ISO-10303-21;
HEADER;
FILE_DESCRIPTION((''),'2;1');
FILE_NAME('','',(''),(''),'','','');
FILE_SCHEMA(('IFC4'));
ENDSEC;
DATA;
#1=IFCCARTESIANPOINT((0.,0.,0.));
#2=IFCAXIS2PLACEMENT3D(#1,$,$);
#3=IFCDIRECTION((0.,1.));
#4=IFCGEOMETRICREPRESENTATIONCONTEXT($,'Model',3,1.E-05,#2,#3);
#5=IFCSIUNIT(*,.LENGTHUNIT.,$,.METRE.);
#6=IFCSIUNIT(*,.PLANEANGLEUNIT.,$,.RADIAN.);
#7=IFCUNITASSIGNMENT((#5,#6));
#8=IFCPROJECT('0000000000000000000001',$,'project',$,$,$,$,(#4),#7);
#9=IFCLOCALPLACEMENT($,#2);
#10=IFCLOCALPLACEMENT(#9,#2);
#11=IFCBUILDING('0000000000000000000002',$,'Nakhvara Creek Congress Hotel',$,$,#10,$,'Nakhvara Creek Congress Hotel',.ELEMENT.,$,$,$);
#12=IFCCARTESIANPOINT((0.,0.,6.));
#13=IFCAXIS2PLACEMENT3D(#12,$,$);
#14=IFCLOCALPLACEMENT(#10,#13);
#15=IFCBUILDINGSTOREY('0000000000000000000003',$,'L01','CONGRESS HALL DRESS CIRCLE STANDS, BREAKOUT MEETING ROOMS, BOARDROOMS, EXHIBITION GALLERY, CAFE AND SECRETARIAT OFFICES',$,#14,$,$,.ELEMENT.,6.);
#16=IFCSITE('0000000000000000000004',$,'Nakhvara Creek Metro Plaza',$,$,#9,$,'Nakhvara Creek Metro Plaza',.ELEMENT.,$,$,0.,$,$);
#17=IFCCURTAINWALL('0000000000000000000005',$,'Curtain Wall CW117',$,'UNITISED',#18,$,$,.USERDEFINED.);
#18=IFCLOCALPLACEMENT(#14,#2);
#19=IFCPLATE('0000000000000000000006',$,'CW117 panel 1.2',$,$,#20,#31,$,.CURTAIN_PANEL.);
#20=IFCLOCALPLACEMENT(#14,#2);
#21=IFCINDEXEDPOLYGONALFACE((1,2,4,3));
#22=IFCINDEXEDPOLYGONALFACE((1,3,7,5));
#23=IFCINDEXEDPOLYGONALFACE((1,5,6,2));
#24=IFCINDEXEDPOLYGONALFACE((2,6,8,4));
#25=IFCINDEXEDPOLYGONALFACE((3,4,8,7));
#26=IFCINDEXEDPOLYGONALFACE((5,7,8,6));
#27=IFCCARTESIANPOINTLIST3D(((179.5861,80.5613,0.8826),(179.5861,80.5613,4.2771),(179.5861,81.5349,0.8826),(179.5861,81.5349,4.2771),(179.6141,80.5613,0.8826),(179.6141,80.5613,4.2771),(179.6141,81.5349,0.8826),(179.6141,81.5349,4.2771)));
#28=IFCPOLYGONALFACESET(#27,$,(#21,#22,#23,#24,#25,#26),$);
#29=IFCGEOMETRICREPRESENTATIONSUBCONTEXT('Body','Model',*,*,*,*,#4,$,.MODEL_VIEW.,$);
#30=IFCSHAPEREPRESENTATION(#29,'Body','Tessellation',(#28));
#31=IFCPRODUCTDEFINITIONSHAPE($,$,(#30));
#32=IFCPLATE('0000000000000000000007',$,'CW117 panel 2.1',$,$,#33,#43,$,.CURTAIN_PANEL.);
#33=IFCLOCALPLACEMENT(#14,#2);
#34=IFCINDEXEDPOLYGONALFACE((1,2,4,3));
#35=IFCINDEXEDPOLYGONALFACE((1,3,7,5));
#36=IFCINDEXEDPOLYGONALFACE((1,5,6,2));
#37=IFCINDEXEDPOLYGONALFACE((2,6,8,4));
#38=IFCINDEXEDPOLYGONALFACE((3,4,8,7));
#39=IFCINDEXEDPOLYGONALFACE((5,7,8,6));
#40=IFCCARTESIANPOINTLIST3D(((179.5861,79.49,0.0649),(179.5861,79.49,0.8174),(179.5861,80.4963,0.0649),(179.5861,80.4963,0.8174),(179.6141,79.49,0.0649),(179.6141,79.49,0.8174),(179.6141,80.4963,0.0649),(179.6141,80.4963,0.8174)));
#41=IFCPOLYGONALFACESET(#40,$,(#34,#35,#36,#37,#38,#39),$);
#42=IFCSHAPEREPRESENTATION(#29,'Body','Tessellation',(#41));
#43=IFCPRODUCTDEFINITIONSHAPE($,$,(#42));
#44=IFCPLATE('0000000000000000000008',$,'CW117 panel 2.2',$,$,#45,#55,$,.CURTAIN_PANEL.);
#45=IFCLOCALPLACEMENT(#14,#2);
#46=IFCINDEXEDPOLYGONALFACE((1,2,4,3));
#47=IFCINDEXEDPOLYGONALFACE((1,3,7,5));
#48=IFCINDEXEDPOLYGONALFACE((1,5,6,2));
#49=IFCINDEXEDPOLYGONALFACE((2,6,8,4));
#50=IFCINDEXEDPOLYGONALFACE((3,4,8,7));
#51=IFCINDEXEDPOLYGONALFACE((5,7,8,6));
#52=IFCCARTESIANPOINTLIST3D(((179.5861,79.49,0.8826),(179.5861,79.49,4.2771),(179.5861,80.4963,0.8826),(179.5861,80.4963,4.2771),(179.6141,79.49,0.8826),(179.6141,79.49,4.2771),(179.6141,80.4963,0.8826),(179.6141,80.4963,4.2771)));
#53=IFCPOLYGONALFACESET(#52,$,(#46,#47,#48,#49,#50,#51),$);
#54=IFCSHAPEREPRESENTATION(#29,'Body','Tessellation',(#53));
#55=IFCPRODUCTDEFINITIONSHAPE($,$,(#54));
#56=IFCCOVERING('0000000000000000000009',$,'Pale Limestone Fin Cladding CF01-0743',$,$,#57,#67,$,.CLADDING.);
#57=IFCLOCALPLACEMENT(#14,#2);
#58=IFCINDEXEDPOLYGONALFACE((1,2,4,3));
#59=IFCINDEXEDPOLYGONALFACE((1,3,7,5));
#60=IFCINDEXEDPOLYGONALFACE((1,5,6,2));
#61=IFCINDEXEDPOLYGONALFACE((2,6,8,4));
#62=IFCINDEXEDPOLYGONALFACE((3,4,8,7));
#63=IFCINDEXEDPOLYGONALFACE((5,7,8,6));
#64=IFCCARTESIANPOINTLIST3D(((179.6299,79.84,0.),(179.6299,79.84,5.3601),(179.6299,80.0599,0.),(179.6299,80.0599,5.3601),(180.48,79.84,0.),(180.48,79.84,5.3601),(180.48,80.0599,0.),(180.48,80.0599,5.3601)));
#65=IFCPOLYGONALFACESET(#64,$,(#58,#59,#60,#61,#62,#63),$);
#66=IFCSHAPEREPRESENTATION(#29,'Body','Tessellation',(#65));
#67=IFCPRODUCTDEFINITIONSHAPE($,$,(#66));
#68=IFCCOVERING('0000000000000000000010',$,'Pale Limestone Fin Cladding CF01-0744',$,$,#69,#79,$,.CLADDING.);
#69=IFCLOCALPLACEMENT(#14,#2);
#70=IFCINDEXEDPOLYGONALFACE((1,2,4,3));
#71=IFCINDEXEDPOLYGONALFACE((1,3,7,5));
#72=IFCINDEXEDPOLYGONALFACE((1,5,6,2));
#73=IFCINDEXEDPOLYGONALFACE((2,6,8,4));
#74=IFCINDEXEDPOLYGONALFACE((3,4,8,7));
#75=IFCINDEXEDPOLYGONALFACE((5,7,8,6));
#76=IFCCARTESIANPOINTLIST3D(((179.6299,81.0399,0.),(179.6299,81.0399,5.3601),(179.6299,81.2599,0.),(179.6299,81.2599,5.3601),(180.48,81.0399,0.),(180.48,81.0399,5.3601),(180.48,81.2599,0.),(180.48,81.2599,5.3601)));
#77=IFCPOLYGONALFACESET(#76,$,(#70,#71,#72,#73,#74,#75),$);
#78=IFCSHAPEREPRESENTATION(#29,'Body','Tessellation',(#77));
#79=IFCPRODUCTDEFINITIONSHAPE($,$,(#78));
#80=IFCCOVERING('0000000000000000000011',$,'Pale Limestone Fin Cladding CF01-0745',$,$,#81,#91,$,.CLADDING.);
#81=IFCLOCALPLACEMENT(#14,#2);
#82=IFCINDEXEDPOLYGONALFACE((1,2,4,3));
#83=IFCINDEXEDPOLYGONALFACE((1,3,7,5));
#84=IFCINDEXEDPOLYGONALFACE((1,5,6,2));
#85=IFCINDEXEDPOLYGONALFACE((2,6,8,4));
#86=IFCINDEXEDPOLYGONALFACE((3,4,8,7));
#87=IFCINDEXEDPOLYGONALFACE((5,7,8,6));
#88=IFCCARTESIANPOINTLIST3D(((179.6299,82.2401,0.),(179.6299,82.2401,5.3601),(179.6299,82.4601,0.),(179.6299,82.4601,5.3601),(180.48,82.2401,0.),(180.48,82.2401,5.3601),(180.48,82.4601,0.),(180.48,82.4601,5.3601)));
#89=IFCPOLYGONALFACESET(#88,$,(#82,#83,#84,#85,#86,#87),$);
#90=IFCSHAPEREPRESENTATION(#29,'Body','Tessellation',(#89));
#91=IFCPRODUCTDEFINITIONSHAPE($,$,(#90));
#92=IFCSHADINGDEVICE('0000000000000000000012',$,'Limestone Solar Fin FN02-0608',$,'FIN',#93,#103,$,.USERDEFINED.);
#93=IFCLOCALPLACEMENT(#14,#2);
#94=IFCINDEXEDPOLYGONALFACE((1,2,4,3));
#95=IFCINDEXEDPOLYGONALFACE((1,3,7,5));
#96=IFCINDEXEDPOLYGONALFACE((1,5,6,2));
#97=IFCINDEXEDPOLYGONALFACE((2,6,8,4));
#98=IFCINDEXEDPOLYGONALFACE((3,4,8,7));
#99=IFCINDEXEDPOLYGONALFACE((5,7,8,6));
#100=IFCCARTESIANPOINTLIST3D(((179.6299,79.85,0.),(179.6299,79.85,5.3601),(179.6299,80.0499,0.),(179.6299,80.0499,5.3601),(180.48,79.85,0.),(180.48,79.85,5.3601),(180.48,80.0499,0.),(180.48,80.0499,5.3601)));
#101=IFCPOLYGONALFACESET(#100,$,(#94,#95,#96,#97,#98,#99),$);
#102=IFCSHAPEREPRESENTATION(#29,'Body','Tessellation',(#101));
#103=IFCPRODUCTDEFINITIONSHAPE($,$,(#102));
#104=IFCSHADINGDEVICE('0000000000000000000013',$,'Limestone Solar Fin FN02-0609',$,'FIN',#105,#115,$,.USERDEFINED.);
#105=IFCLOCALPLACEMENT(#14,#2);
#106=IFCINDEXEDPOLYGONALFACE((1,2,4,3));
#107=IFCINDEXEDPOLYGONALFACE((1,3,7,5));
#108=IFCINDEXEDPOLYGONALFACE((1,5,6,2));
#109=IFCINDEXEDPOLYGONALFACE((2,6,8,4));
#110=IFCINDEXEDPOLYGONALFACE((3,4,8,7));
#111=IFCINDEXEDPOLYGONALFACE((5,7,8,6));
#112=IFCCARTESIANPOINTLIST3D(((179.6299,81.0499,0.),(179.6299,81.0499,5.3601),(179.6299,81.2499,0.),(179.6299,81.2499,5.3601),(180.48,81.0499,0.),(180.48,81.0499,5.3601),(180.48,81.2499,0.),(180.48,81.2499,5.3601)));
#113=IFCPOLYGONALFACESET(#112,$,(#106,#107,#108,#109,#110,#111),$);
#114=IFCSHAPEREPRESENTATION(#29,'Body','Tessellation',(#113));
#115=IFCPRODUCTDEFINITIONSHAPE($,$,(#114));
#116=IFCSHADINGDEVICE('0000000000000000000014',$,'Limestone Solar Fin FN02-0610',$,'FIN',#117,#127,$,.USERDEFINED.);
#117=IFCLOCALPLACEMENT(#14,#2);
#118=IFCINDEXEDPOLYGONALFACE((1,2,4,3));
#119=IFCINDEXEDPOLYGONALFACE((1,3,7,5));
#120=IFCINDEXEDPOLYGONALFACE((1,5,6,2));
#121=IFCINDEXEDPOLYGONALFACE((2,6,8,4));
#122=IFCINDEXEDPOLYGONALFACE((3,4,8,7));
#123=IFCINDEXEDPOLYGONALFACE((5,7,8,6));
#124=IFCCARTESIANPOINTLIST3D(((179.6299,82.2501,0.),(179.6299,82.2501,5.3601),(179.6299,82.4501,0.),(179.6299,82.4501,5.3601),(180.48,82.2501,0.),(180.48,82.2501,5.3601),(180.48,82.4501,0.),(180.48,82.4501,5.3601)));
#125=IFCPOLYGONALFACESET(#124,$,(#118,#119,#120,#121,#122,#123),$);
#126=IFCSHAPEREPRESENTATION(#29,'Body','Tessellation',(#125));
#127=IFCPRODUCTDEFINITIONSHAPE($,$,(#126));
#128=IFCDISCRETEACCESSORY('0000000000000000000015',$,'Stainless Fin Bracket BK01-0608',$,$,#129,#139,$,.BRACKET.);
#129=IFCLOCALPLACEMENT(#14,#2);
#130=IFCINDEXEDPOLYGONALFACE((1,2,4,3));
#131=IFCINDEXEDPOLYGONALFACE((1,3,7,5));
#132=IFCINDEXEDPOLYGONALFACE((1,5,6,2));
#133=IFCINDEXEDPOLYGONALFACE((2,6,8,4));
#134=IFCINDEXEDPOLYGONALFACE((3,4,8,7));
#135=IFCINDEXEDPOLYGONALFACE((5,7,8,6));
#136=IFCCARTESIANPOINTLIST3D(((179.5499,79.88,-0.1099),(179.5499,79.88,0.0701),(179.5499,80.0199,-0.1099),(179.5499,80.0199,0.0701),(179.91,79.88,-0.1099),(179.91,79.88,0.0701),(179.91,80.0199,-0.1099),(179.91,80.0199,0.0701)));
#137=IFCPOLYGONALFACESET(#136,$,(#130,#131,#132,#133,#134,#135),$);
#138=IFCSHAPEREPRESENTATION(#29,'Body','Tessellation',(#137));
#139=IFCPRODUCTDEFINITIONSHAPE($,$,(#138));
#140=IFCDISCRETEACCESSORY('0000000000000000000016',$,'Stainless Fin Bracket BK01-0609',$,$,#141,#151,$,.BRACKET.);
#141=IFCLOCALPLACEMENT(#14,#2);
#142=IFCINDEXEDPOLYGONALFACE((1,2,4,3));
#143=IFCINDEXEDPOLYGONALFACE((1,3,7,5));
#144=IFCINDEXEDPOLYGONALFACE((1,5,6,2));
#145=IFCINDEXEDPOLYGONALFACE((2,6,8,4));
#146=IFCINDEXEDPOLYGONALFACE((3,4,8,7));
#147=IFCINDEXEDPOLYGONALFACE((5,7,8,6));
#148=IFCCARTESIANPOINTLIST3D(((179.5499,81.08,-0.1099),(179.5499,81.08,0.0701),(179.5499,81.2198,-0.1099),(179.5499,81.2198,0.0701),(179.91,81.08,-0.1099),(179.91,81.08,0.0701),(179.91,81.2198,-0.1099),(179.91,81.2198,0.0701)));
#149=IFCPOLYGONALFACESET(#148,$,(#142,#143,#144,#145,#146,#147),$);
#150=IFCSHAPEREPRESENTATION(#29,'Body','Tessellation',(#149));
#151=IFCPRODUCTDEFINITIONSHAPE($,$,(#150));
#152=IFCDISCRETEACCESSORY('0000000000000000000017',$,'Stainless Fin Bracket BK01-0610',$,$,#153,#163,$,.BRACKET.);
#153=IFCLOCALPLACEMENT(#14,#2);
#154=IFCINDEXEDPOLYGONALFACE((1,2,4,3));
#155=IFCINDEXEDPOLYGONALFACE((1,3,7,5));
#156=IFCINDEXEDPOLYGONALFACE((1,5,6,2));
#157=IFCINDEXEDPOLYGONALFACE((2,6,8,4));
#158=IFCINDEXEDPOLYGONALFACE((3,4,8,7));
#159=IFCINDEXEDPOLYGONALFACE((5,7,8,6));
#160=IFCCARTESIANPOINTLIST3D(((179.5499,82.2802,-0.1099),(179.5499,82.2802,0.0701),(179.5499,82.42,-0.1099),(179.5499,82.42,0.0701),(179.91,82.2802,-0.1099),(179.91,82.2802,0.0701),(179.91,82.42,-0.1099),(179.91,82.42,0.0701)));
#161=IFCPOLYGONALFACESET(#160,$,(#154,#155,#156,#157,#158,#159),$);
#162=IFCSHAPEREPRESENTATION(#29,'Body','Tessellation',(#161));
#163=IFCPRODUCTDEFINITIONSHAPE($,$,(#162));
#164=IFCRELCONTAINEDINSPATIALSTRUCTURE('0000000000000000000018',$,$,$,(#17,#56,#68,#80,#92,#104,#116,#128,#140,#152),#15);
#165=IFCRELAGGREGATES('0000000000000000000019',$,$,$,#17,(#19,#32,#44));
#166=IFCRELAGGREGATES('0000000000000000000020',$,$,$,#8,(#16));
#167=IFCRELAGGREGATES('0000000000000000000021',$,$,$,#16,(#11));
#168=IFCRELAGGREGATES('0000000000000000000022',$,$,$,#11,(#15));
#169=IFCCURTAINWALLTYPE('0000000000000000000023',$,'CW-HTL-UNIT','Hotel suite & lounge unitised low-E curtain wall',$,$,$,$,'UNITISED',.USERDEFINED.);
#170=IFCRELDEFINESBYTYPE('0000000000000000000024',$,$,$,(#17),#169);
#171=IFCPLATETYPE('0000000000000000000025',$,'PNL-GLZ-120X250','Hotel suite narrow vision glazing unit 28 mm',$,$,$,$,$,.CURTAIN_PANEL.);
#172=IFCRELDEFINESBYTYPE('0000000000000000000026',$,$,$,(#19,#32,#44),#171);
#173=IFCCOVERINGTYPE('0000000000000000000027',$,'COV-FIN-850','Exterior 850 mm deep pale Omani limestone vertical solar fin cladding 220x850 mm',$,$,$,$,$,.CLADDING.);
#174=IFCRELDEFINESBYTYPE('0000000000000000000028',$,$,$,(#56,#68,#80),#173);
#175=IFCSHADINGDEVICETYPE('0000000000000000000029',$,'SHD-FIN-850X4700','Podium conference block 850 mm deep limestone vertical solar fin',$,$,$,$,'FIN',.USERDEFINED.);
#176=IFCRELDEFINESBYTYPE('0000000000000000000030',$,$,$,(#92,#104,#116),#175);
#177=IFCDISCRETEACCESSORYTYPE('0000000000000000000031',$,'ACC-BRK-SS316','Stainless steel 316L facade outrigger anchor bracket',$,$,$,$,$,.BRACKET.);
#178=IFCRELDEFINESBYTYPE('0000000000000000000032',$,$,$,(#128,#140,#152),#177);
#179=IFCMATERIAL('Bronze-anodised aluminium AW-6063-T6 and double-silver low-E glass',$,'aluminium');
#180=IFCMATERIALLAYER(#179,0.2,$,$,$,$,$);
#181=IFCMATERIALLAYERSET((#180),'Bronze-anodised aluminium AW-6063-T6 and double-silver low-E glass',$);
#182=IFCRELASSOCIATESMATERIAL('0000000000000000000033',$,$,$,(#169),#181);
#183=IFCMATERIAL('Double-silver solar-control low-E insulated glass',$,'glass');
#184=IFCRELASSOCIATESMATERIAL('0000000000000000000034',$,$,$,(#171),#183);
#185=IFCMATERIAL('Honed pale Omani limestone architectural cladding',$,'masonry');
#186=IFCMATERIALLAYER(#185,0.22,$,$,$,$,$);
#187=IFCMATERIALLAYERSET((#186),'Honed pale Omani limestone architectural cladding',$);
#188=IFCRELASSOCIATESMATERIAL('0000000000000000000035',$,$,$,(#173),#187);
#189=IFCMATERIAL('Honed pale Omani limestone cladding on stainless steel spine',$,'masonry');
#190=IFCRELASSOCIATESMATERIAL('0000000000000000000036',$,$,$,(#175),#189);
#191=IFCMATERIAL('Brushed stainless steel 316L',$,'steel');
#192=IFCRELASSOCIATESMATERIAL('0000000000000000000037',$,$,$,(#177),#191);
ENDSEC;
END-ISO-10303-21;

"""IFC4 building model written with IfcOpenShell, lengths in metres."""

from ifc_helpers import new_model, si_unit, direction, frame, origin, origin_2d, place, context, subcontext, project, spatial, rectangle, extrude, material, layer, layer_set, type_object, element, aggregate, save


model = new_model("IFC4")

# Units and contexts
model_context = context("Model", 3, precision=1e-05, world=origin(), true_north=direction((0.0, 1.0)))
body_context = subcontext(model_context, "Body", "Model", "MODEL_VIEW")
ifc_project = project(units=[si_unit("LENGTHUNIT", "METRE"), si_unit("PLANEANGLEUNIT", "RADIAN")], contexts=[model_context])

# Site, building, storey
site_placement = place(None, origin())
site = spatial("IfcSite", under=ifc_project, at=site_placement, Name="Nakhvara Creek Metro Plaza", LongName="Nakhvara Creek Metro Plaza", CompositionType="ELEMENT", RefElevation=0.0)
building_placement = place(site_placement, origin())
building = spatial("IfcBuilding", under=site, at=building_placement, Name="Nakhvara Creek Congress Hotel", LongName="Nakhvara Creek Congress Hotel", CompositionType="ELEMENT")
storey_placement = place(building_placement, frame((0.0, 0.0, 6.0)))
storey = spatial("IfcBuildingStorey", under=building, at=storey_placement, Name="L01", Description="CONGRESS HALL DRESS CIRCLE STANDS, BREAKOUT MEETING ROOMS, BOARDROOMS, EXHIBITION GALLERY, CAFE AND SECRETARIAT OFFICES", CompositionType="ELEMENT", Elevation=6.0)

# Curtain wall, plates
ifc_material_1 = material(Name="Bronze-anodised aluminium AW-6063-T6 and double-silver low-E glass", Category="aluminium")
ifc_layer_1 = layer(ifc_material_1, 0.2)
ifc_layer_set_1 = layer_set([ifc_layer_1], Name="Bronze-anodised aluminium AW-6063-T6 and double-silver low-E glass")
curtain_wall_type = type_object("IfcCurtainWallType", Name="CW-HTL-UNIT", Description="Hotel suite & lounge unitised low-E curtain wall", ElementType="UNITISED", PredefinedType="USERDEFINED", material=ifc_layer_set_1)
curtain_wall_placement = place(storey_placement, origin())
curtain_wall = element("IfcCurtainWall", 1, at=curtain_wall_placement, inside=storey, type_object=curtain_wall_type, Name="Curtain Wall CW117", ObjectType="UNITISED", PredefinedType="USERDEFINED")
ifc_material_2 = material(Name="Double-silver solar-control low-E insulated glass", Category="glass")
plate_type = type_object("IfcPlateType", Name="PNL-GLZ-120X250", Description="Hotel suite narrow vision glazing unit 28 mm", PredefinedType="CURTAIN_PANEL", material=ifc_material_2)
plate_1_placement = place(storey_placement, frame((179.6001, 81.0481, 0.8826), z_axis=(0.0, 0.0, 1.0), x_axis=(0.0, -1.0, 0.0)))
plate_1 = element("IfcPlate", 2, at=plate_1_placement, type_object=plate_type, Name="CW117 panel 1.2", PredefinedType="CURTAIN_PANEL", context=body_context, shape_type="SweptSolid", body=[
    extrude(rectangle(XDim=0.9736, YDim=0.0281, at=origin_2d()), origin(), (0.0, 0.0, 1.0), 3.3945),
])
plate_2_placement = place(storey_placement, frame((179.6001, 79.9932, 0.0649), z_axis=(0.0, 0.0, 1.0), x_axis=(0.0, -1.0, 0.0)))
plate_2 = element("IfcPlate", 3, at=plate_2_placement, type_object=plate_type, Name="CW117 panel 2.1", PredefinedType="CURTAIN_PANEL", context=body_context, shape_type="SweptSolid", body=[
    extrude(rectangle(XDim=1.0063, YDim=0.0281, at=origin_2d()), origin(), (0.0, 0.0, 1.0), 0.7524),
])
plate_3_placement = place(storey_placement, frame((179.6001, 79.9932, 0.8826), z_axis=(0.0, 0.0, 1.0), x_axis=(0.0, -1.0, 0.0)))
plate_3 = element("IfcPlate", 4, at=plate_3_placement, type_object=plate_type, Name="CW117 panel 2.2", PredefinedType="CURTAIN_PANEL", context=body_context, shape_type="SweptSolid", body=[
    extrude(rectangle(XDim=1.0063, YDim=0.0281, at=origin_2d()), origin(), (0.0, 0.0, 1.0), 3.3945),
])
aggregate(curtain_wall, [plate_1, plate_2, plate_3])

# Coverings
ifc_material_3 = material(Name="Honed pale Omani limestone architectural cladding", Category="masonry")
ifc_layer_2 = layer(ifc_material_3, 0.22)
ifc_layer_set_2 = layer_set([ifc_layer_2], Name="Honed pale Omani limestone architectural cladding")
covering_type = type_object("IfcCoveringType", Name="COV-FIN-850", Description="Exterior 850 mm deep pale Omani limestone vertical solar fin cladding 220x850 mm", PredefinedType="CLADDING", material=ifc_layer_set_2)
for number, where, z_axis, x_axis, name in (
    (5, (180.0549, 79.95, 0.0), (0.0, 0.0, 1.0), (0.0, 1.0, 0.0), "Pale Limestone Fin Cladding CF01-0743"),
    (6, (180.0549, 81.1499, 0.0), (0.0, 0.0, 1.0), (0.0, 1.0, 0.0), "Pale Limestone Fin Cladding CF01-0744"),
    (7, (180.0549, 82.3501, 0.0), (0.0, 0.0, 1.0), (0.0, 1.0, 0.0), "Pale Limestone Fin Cladding CF01-0745"),
):
    element("IfcCovering", number, at=place(storey_placement, frame(where, z_axis=z_axis, x_axis=x_axis)), inside=storey, type_object=covering_type, Name=name, PredefinedType="CLADDING", context=body_context, shape_type="SweptSolid", body=[
        extrude(rectangle(XDim=0.22, YDim=0.8501, at=origin_2d()), origin(), (0.0, 0.0, 1.0), 5.3601),
    ])

# Shading devices
ifc_material_4 = material(Name="Honed pale Omani limestone cladding on stainless steel spine", Category="masonry")
shading_device_type = type_object("IfcShadingDeviceType", Name="SHD-FIN-850X4700", Description="Podium conference block 850 mm deep limestone vertical solar fin", ElementType="FIN", PredefinedType="USERDEFINED", material=ifc_material_4)
for number, where, z_axis, x_axis, name in (
    (8, (180.0549, 79.95, 0.0), (0.0, 0.0, 1.0), (0.0, 1.0, 0.0), "Limestone Solar Fin FN02-0608"),
    (9, (180.0549, 81.1499, 0.0), (0.0, 0.0, 1.0), (0.0, 1.0, 0.0), "Limestone Solar Fin FN02-0609"),
    (10, (180.0549, 82.3501, 0.0), (0.0, 0.0, 1.0), (0.0, 1.0, 0.0), "Limestone Solar Fin FN02-0610"),
):
    element("IfcShadingDevice", number, at=place(storey_placement, frame(where, z_axis=z_axis, x_axis=x_axis)), inside=storey, type_object=shading_device_type, Name=name, ObjectType="FIN", PredefinedType="USERDEFINED", context=body_context, shape_type="SweptSolid", body=[
        extrude(rectangle(XDim=0.2, YDim=0.8501, at=origin_2d()), origin(), (0.0, 0.0, 1.0), 5.3601),
    ])

# Discrete accessories
ifc_material_5 = material(Name="Brushed stainless steel 316L", Category="steel")
discrete_accessory_type = type_object("IfcDiscreteAccessoryType", Name="ACC-BRK-SS316", Description="Stainless steel 316L facade outrigger anchor bracket", PredefinedType="BRACKET", material=ifc_material_5)
for number, where, z_axis, x_axis, name in (
    (11, (179.73, 79.95, -0.1099), (0.0, 0.0, 1.0), (0.0, 1.0, 0.0), "Stainless Fin Bracket BK01-0608"),
    (12, (179.73, 81.1499, -0.1099), (0.0, 0.0, 1.0), (0.0, 1.0, 0.0), "Stainless Fin Bracket BK01-0609"),
    (13, (179.73, 82.3501, -0.1099), (0.0, 0.0, 1.0), (0.0, 1.0, 0.0), "Stainless Fin Bracket BK01-0610"),
):
    element("IfcDiscreteAccessory", number, at=place(storey_placement, frame(where, z_axis=z_axis, x_axis=x_axis)), inside=storey, type_object=discrete_accessory_type, Name=name, PredefinedType="BRACKET", context=body_context, shape_type="SweptSolid", body=[
        extrude(rectangle(XDim=0.1399, YDim=0.3601, at=origin_2d()), origin(), (0.0, 0.0, 1.0), 0.1799),
    ])

save(model, "model.ifc")
